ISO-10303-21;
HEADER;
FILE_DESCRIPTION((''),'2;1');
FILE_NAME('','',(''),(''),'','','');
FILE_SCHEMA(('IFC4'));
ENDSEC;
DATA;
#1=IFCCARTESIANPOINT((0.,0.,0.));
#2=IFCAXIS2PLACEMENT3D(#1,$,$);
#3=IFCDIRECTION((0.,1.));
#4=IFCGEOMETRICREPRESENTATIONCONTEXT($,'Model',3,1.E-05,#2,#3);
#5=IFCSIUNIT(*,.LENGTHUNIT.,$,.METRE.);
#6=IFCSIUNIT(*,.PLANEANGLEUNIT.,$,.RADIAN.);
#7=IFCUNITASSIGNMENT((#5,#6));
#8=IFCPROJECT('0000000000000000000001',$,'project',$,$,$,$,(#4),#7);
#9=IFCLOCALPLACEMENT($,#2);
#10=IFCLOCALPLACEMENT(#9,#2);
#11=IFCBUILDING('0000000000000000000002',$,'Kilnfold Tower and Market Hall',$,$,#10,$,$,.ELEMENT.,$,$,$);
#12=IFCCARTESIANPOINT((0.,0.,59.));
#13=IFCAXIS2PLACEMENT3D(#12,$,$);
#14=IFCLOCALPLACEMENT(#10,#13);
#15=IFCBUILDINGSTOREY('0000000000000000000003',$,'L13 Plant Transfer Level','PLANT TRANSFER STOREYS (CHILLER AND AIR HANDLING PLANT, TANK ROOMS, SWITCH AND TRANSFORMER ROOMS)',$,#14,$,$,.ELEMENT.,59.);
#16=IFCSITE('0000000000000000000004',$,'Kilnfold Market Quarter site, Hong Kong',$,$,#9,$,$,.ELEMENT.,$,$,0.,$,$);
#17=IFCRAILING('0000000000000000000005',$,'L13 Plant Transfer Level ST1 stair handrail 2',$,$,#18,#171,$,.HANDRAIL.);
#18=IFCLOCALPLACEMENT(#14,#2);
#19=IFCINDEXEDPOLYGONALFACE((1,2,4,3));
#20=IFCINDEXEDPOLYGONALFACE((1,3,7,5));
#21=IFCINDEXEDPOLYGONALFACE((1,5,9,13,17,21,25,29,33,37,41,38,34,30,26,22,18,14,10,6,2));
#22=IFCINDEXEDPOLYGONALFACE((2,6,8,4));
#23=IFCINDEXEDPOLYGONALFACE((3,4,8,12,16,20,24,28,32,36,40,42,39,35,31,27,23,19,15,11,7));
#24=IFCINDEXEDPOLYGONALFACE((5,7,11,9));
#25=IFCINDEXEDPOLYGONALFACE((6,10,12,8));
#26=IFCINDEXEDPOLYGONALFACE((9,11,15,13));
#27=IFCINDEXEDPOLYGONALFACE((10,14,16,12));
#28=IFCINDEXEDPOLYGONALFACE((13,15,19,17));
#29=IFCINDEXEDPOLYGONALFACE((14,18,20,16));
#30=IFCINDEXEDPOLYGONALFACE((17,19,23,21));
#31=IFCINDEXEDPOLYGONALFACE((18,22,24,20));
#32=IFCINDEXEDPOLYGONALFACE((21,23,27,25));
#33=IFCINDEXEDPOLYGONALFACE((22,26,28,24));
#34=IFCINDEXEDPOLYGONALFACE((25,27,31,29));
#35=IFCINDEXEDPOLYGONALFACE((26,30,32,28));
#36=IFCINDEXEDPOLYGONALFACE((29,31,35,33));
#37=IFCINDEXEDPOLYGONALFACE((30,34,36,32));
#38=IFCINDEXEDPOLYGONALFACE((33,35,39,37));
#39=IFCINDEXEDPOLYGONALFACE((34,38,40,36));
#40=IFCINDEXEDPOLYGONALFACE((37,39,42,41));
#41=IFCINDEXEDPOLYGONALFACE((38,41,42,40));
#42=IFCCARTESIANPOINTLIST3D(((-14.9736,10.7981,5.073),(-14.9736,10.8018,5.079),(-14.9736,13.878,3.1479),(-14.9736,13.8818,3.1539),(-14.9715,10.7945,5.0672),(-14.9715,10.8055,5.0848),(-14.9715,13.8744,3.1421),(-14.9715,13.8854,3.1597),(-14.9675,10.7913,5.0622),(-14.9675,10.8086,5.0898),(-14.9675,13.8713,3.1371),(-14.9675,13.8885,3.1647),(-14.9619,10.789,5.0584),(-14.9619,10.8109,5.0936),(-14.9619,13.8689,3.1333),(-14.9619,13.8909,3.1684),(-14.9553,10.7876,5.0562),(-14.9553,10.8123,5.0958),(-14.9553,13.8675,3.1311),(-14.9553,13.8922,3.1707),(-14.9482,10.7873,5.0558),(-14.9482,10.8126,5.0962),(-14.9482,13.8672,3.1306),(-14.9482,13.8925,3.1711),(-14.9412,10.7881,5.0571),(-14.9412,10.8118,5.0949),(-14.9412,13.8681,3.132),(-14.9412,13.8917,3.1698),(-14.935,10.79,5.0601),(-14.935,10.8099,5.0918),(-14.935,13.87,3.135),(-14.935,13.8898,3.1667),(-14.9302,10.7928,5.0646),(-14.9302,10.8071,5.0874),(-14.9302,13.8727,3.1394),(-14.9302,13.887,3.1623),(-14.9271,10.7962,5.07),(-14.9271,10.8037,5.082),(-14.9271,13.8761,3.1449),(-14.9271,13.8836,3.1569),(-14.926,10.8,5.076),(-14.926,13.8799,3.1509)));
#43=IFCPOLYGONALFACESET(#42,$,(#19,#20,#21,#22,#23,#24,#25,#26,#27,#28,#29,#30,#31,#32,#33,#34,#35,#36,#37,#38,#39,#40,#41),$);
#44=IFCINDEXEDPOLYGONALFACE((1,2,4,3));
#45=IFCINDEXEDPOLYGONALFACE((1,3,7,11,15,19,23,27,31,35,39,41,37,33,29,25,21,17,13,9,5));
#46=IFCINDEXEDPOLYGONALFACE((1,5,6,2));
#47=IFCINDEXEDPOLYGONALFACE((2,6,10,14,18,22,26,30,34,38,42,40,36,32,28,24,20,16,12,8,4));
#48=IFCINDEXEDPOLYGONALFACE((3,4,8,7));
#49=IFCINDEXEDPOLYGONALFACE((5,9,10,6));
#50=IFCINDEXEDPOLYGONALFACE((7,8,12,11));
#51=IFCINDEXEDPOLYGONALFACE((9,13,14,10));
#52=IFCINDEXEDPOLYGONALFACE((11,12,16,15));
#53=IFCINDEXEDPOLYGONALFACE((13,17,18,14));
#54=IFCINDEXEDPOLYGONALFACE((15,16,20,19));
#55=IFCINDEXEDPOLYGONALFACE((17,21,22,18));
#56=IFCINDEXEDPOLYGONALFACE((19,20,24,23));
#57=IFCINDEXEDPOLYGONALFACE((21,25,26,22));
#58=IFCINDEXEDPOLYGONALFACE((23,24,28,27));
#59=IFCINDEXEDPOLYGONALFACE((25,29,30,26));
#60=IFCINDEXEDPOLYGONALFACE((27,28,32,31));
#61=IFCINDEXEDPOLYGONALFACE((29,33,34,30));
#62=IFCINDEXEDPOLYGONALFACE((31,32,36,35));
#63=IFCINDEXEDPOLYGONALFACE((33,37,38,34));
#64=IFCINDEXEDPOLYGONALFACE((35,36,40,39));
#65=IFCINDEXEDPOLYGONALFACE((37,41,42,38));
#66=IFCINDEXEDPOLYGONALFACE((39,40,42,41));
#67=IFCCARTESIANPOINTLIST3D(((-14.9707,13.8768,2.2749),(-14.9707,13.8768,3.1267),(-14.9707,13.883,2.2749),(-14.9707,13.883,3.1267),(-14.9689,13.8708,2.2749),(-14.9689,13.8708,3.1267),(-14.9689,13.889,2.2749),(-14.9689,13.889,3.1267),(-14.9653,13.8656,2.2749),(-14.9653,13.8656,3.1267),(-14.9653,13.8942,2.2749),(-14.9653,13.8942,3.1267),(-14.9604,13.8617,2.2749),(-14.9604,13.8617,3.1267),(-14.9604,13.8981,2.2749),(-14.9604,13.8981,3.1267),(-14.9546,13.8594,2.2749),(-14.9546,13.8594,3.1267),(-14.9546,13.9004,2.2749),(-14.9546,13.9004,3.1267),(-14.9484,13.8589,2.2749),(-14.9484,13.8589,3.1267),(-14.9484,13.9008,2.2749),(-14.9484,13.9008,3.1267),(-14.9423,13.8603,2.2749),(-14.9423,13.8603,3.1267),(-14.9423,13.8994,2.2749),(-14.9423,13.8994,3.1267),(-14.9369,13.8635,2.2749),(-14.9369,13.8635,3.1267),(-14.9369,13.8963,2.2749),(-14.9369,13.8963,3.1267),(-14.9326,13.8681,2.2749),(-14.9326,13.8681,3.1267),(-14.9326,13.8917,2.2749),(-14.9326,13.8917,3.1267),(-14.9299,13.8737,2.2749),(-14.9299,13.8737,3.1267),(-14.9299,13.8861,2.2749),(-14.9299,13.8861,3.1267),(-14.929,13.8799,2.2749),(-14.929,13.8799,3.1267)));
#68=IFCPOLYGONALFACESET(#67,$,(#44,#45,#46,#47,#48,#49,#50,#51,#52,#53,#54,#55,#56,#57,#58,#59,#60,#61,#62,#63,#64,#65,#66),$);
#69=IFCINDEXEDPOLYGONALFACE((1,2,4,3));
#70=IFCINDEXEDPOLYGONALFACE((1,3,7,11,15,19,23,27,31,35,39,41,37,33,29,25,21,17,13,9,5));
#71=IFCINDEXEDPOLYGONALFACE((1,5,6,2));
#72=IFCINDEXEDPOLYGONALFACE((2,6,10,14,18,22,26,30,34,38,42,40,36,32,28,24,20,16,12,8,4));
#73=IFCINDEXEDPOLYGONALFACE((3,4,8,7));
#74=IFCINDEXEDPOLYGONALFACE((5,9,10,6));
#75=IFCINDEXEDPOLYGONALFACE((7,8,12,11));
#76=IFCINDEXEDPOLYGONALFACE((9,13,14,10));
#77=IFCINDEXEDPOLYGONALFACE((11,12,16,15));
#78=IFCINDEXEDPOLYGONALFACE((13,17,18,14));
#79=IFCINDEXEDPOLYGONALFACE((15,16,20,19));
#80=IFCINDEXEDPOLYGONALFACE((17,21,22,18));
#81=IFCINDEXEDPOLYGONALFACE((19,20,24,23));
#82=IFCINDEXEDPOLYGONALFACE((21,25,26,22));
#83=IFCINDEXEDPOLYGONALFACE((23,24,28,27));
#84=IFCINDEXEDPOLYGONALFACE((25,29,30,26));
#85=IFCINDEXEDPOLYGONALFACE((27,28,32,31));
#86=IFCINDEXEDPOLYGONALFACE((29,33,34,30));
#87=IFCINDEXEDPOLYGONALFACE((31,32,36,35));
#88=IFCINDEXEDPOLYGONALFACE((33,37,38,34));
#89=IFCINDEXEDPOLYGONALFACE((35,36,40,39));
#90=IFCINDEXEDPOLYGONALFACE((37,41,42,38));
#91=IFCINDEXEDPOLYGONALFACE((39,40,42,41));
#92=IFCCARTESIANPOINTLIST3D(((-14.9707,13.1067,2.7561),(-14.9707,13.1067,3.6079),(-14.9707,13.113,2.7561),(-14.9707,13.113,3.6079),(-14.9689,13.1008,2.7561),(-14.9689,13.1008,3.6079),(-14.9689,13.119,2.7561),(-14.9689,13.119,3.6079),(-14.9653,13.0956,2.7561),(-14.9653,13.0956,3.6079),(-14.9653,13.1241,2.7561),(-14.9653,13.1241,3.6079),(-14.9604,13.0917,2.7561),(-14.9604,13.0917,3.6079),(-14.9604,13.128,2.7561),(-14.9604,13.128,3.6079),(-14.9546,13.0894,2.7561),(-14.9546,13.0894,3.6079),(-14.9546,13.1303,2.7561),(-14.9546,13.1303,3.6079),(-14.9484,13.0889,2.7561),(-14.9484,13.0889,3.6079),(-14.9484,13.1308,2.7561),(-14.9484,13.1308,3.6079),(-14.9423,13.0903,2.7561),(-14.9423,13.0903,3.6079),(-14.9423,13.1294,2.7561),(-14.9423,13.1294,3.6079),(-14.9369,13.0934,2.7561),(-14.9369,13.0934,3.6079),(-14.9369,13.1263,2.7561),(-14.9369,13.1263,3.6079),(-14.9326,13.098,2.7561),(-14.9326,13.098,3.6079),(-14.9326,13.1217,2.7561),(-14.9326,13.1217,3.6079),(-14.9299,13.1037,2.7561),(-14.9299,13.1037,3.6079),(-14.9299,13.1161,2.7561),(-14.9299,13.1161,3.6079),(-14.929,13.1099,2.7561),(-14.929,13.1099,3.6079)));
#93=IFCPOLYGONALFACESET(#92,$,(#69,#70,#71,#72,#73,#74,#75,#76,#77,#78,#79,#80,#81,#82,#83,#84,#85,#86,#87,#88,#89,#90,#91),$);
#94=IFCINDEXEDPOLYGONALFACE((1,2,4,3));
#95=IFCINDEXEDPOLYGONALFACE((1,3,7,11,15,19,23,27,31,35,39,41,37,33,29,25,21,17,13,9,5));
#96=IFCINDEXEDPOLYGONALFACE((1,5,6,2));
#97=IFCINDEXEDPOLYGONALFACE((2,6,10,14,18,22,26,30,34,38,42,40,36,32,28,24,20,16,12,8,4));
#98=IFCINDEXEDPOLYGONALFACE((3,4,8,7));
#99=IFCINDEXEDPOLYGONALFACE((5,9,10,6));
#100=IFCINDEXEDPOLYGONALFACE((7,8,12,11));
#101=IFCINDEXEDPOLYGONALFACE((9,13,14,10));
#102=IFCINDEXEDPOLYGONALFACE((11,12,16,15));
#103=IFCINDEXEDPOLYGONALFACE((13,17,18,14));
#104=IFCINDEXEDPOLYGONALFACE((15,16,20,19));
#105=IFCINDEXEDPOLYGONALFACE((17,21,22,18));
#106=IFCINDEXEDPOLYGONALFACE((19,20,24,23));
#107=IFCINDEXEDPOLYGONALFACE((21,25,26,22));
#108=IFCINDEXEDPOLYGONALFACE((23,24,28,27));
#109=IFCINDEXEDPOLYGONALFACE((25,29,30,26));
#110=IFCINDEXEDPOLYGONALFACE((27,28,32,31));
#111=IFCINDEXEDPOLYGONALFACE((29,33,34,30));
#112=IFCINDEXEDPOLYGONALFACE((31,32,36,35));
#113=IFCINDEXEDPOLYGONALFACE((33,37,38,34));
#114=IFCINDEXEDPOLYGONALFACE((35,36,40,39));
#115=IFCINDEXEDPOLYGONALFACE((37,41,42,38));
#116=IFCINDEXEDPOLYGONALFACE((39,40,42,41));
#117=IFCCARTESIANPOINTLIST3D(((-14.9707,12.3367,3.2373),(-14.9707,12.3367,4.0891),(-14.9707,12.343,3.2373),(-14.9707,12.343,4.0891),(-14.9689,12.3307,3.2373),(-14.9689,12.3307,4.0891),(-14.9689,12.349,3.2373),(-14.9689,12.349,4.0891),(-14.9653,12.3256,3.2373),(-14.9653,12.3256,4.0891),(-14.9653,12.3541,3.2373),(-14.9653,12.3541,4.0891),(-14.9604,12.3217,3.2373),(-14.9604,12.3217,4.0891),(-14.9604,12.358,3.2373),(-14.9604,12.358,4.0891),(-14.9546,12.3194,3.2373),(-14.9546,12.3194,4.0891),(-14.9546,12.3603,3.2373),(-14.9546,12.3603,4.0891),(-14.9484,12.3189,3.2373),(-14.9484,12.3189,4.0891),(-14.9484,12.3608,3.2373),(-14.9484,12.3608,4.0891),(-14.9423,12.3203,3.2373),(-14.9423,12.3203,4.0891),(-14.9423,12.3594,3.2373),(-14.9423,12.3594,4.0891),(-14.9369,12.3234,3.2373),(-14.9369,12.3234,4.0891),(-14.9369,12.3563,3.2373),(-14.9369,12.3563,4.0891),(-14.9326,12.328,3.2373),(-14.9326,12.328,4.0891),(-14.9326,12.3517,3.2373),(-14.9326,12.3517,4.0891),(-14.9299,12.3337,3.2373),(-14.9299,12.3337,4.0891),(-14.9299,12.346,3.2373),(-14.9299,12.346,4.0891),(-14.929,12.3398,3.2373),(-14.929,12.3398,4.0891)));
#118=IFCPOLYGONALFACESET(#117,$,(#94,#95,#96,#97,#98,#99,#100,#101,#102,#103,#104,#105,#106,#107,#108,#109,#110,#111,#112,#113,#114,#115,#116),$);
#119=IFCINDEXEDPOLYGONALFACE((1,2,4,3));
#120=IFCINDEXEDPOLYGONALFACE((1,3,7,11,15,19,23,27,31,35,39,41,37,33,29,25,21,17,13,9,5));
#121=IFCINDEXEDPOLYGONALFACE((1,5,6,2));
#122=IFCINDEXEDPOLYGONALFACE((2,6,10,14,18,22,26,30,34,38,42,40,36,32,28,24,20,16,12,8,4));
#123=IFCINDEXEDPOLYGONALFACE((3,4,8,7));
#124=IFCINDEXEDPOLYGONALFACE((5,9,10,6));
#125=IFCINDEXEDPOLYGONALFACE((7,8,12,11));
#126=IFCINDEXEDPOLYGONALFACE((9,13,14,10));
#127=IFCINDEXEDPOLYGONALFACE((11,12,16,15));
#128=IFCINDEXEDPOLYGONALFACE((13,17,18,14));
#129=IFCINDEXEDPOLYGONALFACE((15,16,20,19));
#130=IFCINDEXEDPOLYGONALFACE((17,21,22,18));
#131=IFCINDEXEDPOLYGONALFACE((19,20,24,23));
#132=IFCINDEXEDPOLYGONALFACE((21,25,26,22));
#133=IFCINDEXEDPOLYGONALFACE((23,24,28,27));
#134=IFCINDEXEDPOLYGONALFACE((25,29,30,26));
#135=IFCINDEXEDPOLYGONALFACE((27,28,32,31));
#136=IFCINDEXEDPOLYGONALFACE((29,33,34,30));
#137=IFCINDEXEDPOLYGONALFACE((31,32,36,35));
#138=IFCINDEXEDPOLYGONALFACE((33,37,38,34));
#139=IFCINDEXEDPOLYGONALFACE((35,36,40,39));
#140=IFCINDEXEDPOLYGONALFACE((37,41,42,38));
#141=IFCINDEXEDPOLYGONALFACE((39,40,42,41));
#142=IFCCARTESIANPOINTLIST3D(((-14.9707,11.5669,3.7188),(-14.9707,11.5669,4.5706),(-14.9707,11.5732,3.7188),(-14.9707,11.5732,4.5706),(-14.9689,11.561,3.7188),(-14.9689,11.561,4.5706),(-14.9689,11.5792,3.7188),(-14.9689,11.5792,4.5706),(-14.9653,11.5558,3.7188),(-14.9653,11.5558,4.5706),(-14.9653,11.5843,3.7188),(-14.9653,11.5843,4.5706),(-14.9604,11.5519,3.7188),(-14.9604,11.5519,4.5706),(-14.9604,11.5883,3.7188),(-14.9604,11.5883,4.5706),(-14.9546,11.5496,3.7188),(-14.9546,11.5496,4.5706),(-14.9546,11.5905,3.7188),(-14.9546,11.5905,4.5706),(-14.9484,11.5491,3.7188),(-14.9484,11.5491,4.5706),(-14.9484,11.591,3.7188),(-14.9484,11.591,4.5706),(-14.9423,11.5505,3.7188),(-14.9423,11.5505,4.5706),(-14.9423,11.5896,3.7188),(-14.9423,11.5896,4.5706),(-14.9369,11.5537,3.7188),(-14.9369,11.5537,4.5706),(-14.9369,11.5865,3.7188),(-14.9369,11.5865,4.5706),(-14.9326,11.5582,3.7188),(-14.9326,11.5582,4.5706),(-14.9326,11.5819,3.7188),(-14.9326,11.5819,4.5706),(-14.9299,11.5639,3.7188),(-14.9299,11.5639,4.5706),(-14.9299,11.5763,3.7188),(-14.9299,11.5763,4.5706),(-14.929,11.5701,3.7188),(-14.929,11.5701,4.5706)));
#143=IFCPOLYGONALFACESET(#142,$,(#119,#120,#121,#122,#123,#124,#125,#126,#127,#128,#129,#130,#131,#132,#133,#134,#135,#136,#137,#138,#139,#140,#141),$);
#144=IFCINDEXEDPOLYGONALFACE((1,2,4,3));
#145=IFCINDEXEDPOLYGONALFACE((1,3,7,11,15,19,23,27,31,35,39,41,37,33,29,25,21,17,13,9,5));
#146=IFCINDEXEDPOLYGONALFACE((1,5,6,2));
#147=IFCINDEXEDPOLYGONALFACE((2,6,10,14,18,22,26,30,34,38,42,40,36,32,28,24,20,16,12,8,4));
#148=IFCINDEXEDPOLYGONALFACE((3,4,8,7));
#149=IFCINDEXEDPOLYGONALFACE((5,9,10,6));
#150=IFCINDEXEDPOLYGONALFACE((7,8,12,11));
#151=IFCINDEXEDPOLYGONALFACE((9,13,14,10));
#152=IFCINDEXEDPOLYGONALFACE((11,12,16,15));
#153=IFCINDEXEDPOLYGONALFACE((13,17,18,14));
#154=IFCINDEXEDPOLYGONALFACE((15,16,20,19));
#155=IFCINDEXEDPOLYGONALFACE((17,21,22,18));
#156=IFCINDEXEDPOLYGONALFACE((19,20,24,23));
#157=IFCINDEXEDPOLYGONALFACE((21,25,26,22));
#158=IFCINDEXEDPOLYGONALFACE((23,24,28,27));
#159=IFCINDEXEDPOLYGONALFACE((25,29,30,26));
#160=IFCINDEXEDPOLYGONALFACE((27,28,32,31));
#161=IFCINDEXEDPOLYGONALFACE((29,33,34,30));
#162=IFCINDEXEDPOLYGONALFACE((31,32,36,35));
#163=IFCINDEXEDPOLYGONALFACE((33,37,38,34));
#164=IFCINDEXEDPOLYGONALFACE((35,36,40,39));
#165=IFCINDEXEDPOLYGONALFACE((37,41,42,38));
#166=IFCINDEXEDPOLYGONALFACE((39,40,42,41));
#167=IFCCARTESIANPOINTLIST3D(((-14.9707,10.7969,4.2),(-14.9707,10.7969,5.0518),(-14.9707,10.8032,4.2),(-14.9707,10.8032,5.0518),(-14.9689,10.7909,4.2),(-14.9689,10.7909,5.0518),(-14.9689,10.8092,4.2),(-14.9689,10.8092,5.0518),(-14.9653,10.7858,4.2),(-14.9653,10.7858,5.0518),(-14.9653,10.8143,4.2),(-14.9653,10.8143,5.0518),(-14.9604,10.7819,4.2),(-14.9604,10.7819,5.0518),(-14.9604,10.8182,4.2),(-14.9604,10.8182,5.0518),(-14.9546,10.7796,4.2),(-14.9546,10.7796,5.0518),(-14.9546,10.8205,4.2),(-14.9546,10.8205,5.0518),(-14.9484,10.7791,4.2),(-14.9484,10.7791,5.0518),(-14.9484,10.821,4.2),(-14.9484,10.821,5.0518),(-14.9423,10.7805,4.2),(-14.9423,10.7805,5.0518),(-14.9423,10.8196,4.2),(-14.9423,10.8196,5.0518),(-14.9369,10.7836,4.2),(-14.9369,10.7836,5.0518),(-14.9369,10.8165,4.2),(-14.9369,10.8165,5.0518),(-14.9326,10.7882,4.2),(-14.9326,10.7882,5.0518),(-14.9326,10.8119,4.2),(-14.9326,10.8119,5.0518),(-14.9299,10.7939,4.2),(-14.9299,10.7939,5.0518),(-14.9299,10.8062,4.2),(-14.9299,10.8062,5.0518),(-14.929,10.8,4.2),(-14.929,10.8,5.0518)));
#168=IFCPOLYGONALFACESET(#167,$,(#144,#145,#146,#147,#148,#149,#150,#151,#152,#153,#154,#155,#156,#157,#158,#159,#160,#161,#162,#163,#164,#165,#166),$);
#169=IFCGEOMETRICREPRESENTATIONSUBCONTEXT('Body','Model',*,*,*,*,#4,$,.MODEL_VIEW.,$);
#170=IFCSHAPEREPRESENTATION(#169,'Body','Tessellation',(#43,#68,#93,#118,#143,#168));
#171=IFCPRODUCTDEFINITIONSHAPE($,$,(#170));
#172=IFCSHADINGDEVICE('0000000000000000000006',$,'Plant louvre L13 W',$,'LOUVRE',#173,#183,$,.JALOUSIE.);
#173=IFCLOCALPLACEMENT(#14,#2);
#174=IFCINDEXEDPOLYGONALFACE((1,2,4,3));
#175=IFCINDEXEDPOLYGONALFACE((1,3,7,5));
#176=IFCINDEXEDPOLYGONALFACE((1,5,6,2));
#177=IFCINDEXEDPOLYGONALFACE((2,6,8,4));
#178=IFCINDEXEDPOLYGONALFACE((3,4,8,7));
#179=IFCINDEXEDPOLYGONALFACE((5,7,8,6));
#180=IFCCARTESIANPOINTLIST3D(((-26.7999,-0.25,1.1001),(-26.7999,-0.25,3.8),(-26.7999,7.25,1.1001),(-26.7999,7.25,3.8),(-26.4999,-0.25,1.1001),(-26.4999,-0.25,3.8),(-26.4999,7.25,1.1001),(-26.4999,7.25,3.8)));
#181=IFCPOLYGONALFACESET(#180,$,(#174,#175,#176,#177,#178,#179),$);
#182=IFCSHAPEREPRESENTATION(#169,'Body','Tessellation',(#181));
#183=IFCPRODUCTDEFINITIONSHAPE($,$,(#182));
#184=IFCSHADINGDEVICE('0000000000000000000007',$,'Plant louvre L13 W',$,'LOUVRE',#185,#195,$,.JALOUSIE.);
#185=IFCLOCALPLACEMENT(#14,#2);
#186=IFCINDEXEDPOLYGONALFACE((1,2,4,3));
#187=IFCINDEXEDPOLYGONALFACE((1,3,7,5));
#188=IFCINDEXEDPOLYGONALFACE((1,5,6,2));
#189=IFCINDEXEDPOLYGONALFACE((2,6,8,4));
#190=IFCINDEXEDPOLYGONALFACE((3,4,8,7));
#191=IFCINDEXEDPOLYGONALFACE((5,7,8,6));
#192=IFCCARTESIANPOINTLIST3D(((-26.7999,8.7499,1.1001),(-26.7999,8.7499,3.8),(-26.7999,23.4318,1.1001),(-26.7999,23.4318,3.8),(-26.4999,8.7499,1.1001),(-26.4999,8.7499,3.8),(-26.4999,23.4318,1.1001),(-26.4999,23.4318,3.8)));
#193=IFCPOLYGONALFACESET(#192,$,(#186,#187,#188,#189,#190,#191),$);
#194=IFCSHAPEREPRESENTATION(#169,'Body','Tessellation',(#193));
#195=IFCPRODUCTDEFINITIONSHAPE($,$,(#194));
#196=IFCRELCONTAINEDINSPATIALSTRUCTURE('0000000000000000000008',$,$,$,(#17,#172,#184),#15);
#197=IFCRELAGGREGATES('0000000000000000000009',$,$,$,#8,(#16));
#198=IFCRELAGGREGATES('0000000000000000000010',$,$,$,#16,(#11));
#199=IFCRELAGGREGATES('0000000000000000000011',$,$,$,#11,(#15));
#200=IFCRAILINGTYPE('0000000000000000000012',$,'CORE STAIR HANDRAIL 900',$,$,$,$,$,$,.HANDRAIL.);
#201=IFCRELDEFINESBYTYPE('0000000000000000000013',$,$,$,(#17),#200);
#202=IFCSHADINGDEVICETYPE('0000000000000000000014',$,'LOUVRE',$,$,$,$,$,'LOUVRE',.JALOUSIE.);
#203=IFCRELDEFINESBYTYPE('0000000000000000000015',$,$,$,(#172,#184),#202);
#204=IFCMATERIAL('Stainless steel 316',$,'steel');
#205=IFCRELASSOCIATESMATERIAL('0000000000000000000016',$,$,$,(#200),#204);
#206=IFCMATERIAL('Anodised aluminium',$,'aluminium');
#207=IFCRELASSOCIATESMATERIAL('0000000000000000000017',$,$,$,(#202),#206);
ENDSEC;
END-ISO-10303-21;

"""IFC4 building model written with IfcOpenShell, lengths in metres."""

from ifc_helpers import new_model, si_unit, direction, frame, origin, origin_2d, place, context, subcontext, project, spatial, rectangle, circle, extrude, source, transform, mapped, material, type_object, element, save


model = new_model("IFC4")

# Units and contexts
model_context = context("Model", 3, precision=1e-05, world=origin(), true_north=direction((0.0, 1.0)))
body_context = subcontext(model_context, "Body", "Model", "MODEL_VIEW")
ifc_project = project(units=[si_unit("LENGTHUNIT", "METRE"), si_unit("PLANEANGLEUNIT", "RADIAN")], contexts=[model_context])

# Site, building, storey
site_placement = place(None, origin())
site = spatial("IfcSite", under=ifc_project, at=site_placement, Name="Kilnfold Market Quarter site, Hong Kong", CompositionType="ELEMENT", RefElevation=0.0)
building_placement = place(site_placement, origin())
building = spatial("IfcBuilding", under=site, at=building_placement, Name="Kilnfold Tower and Market Hall", CompositionType="ELEMENT")
storey_placement = place(building_placement, frame((0.0, 0.0, 59.0)))
storey = spatial("IfcBuildingStorey", under=building, at=storey_placement, Name="L13 Plant Transfer Level", Description="PLANT TRANSFER STOREYS (CHILLER AND AIR HANDLING PLANT, TANK ROOMS, SWITCH AND TRANSFORMER ROOMS)", CompositionType="ELEMENT", Elevation=59.0)

# Railing
ifc_material_1 = material(Name="Stainless steel 316", Category="steel")
railing_type_1 = type_object("IfcRailingType", Name="CORE STAIR HANDRAIL 900", PredefinedType="HANDRAIL", material=ifc_material_1)
railing_1_placement = place(storey_placement, frame((-14.95, 13.8799, 2.2749)))
element("IfcRailing", 1, at=railing_1_placement, inside=storey, type_object=railing_type_1, Name="L13 Plant Transfer Level ST1 stair handrail 2", PredefinedType="HANDRAIL", context=body_context, shape_type="SweptSolid", body=[
    extrude(circle(Radius=0.0239, at=origin_2d()), frame((0.0, 0.0, 0.876), z_axis=(0.0, -0.847979, 0.530029), x_axis=(1.0, 0.0, 0.0)), (0.0, 0.0, 1.0), 3.6321),
    extrude(circle(Radius=0.021, at=origin_2d()), origin(), (0.0, 0.0, 1.0), 0.8518),
    extrude(circle(Radius=0.021, at=origin_2d()), frame((0.0, -0.77, 0.4812)), (0.0, 0.0, 1.0), 0.8518),
    extrude(circle(Radius=0.021, at=origin_2d()), frame((0.0, -1.54, 0.9624)), (0.0, 0.0, 1.0), 0.8518),
    extrude(circle(Radius=0.021, at=origin_2d()), frame((0.0, -2.3098, 1.4438)), (0.0, 0.0, 1.0), 0.8518),
    extrude(circle(Radius=0.021, at=origin_2d()), frame((0.0, -3.0798, 1.925)), (0.0, 0.0, 1.0), 0.8518),
])

# Shading devices
ifc_material_2 = material(Name="Anodised aluminium", Category="aluminium")
shading_device_type = type_object("IfcShadingDeviceType", Name="LOUVRE", ElementType="LOUVRE", PredefinedType="JALOUSIE", material=ifc_material_2)
shared_shape_1 = source(origin(), body_context, "Body", "SweptSolid", [
    extrude(rectangle(XDim=7.5, YDim=0.3, at=origin_2d()), origin(), (0.0, 0.0, 1.0), 2.7),
])
shading_device_1_placement = place(storey_placement, frame((-26.6499, 3.5, 1.1001), z_axis=(0.0, 0.0, 1.0), x_axis=(0.0, -1.0, 0.0)))
element("IfcShadingDevice", 2, at=shading_device_1_placement, inside=storey, type_object=shading_device_type, Name="Plant louvre L13 W", ObjectType="LOUVRE", PredefinedType="JALOUSIE", context=body_context, shape_type="MappedRepresentation", body=[
    mapped(shared_shape_1, transform((0.0, 0.0, 0.0))),
])
shared_shape_2 = source(origin(), body_context, "Body", "SweptSolid", [
    extrude(rectangle(XDim=14.6819, YDim=0.3, at=origin_2d()), origin(), (0.0, 0.0, 1.0), 2.7),
])
shading_device_2_placement = place(storey_placement, frame((-26.6499, 16.0908, 1.1001), z_axis=(0.0, 0.0, 1.0), x_axis=(0.0, -1.0, 0.0)))
element("IfcShadingDevice", 3, at=shading_device_2_placement, inside=storey, type_object=shading_device_type, Name="Plant louvre L13 W", ObjectType="LOUVRE", PredefinedType="JALOUSIE", context=body_context, shape_type="MappedRepresentation", body=[
    mapped(shared_shape_2, transform((0.0, 0.0, 0.0))),
])

save(model, "model.ifc")
